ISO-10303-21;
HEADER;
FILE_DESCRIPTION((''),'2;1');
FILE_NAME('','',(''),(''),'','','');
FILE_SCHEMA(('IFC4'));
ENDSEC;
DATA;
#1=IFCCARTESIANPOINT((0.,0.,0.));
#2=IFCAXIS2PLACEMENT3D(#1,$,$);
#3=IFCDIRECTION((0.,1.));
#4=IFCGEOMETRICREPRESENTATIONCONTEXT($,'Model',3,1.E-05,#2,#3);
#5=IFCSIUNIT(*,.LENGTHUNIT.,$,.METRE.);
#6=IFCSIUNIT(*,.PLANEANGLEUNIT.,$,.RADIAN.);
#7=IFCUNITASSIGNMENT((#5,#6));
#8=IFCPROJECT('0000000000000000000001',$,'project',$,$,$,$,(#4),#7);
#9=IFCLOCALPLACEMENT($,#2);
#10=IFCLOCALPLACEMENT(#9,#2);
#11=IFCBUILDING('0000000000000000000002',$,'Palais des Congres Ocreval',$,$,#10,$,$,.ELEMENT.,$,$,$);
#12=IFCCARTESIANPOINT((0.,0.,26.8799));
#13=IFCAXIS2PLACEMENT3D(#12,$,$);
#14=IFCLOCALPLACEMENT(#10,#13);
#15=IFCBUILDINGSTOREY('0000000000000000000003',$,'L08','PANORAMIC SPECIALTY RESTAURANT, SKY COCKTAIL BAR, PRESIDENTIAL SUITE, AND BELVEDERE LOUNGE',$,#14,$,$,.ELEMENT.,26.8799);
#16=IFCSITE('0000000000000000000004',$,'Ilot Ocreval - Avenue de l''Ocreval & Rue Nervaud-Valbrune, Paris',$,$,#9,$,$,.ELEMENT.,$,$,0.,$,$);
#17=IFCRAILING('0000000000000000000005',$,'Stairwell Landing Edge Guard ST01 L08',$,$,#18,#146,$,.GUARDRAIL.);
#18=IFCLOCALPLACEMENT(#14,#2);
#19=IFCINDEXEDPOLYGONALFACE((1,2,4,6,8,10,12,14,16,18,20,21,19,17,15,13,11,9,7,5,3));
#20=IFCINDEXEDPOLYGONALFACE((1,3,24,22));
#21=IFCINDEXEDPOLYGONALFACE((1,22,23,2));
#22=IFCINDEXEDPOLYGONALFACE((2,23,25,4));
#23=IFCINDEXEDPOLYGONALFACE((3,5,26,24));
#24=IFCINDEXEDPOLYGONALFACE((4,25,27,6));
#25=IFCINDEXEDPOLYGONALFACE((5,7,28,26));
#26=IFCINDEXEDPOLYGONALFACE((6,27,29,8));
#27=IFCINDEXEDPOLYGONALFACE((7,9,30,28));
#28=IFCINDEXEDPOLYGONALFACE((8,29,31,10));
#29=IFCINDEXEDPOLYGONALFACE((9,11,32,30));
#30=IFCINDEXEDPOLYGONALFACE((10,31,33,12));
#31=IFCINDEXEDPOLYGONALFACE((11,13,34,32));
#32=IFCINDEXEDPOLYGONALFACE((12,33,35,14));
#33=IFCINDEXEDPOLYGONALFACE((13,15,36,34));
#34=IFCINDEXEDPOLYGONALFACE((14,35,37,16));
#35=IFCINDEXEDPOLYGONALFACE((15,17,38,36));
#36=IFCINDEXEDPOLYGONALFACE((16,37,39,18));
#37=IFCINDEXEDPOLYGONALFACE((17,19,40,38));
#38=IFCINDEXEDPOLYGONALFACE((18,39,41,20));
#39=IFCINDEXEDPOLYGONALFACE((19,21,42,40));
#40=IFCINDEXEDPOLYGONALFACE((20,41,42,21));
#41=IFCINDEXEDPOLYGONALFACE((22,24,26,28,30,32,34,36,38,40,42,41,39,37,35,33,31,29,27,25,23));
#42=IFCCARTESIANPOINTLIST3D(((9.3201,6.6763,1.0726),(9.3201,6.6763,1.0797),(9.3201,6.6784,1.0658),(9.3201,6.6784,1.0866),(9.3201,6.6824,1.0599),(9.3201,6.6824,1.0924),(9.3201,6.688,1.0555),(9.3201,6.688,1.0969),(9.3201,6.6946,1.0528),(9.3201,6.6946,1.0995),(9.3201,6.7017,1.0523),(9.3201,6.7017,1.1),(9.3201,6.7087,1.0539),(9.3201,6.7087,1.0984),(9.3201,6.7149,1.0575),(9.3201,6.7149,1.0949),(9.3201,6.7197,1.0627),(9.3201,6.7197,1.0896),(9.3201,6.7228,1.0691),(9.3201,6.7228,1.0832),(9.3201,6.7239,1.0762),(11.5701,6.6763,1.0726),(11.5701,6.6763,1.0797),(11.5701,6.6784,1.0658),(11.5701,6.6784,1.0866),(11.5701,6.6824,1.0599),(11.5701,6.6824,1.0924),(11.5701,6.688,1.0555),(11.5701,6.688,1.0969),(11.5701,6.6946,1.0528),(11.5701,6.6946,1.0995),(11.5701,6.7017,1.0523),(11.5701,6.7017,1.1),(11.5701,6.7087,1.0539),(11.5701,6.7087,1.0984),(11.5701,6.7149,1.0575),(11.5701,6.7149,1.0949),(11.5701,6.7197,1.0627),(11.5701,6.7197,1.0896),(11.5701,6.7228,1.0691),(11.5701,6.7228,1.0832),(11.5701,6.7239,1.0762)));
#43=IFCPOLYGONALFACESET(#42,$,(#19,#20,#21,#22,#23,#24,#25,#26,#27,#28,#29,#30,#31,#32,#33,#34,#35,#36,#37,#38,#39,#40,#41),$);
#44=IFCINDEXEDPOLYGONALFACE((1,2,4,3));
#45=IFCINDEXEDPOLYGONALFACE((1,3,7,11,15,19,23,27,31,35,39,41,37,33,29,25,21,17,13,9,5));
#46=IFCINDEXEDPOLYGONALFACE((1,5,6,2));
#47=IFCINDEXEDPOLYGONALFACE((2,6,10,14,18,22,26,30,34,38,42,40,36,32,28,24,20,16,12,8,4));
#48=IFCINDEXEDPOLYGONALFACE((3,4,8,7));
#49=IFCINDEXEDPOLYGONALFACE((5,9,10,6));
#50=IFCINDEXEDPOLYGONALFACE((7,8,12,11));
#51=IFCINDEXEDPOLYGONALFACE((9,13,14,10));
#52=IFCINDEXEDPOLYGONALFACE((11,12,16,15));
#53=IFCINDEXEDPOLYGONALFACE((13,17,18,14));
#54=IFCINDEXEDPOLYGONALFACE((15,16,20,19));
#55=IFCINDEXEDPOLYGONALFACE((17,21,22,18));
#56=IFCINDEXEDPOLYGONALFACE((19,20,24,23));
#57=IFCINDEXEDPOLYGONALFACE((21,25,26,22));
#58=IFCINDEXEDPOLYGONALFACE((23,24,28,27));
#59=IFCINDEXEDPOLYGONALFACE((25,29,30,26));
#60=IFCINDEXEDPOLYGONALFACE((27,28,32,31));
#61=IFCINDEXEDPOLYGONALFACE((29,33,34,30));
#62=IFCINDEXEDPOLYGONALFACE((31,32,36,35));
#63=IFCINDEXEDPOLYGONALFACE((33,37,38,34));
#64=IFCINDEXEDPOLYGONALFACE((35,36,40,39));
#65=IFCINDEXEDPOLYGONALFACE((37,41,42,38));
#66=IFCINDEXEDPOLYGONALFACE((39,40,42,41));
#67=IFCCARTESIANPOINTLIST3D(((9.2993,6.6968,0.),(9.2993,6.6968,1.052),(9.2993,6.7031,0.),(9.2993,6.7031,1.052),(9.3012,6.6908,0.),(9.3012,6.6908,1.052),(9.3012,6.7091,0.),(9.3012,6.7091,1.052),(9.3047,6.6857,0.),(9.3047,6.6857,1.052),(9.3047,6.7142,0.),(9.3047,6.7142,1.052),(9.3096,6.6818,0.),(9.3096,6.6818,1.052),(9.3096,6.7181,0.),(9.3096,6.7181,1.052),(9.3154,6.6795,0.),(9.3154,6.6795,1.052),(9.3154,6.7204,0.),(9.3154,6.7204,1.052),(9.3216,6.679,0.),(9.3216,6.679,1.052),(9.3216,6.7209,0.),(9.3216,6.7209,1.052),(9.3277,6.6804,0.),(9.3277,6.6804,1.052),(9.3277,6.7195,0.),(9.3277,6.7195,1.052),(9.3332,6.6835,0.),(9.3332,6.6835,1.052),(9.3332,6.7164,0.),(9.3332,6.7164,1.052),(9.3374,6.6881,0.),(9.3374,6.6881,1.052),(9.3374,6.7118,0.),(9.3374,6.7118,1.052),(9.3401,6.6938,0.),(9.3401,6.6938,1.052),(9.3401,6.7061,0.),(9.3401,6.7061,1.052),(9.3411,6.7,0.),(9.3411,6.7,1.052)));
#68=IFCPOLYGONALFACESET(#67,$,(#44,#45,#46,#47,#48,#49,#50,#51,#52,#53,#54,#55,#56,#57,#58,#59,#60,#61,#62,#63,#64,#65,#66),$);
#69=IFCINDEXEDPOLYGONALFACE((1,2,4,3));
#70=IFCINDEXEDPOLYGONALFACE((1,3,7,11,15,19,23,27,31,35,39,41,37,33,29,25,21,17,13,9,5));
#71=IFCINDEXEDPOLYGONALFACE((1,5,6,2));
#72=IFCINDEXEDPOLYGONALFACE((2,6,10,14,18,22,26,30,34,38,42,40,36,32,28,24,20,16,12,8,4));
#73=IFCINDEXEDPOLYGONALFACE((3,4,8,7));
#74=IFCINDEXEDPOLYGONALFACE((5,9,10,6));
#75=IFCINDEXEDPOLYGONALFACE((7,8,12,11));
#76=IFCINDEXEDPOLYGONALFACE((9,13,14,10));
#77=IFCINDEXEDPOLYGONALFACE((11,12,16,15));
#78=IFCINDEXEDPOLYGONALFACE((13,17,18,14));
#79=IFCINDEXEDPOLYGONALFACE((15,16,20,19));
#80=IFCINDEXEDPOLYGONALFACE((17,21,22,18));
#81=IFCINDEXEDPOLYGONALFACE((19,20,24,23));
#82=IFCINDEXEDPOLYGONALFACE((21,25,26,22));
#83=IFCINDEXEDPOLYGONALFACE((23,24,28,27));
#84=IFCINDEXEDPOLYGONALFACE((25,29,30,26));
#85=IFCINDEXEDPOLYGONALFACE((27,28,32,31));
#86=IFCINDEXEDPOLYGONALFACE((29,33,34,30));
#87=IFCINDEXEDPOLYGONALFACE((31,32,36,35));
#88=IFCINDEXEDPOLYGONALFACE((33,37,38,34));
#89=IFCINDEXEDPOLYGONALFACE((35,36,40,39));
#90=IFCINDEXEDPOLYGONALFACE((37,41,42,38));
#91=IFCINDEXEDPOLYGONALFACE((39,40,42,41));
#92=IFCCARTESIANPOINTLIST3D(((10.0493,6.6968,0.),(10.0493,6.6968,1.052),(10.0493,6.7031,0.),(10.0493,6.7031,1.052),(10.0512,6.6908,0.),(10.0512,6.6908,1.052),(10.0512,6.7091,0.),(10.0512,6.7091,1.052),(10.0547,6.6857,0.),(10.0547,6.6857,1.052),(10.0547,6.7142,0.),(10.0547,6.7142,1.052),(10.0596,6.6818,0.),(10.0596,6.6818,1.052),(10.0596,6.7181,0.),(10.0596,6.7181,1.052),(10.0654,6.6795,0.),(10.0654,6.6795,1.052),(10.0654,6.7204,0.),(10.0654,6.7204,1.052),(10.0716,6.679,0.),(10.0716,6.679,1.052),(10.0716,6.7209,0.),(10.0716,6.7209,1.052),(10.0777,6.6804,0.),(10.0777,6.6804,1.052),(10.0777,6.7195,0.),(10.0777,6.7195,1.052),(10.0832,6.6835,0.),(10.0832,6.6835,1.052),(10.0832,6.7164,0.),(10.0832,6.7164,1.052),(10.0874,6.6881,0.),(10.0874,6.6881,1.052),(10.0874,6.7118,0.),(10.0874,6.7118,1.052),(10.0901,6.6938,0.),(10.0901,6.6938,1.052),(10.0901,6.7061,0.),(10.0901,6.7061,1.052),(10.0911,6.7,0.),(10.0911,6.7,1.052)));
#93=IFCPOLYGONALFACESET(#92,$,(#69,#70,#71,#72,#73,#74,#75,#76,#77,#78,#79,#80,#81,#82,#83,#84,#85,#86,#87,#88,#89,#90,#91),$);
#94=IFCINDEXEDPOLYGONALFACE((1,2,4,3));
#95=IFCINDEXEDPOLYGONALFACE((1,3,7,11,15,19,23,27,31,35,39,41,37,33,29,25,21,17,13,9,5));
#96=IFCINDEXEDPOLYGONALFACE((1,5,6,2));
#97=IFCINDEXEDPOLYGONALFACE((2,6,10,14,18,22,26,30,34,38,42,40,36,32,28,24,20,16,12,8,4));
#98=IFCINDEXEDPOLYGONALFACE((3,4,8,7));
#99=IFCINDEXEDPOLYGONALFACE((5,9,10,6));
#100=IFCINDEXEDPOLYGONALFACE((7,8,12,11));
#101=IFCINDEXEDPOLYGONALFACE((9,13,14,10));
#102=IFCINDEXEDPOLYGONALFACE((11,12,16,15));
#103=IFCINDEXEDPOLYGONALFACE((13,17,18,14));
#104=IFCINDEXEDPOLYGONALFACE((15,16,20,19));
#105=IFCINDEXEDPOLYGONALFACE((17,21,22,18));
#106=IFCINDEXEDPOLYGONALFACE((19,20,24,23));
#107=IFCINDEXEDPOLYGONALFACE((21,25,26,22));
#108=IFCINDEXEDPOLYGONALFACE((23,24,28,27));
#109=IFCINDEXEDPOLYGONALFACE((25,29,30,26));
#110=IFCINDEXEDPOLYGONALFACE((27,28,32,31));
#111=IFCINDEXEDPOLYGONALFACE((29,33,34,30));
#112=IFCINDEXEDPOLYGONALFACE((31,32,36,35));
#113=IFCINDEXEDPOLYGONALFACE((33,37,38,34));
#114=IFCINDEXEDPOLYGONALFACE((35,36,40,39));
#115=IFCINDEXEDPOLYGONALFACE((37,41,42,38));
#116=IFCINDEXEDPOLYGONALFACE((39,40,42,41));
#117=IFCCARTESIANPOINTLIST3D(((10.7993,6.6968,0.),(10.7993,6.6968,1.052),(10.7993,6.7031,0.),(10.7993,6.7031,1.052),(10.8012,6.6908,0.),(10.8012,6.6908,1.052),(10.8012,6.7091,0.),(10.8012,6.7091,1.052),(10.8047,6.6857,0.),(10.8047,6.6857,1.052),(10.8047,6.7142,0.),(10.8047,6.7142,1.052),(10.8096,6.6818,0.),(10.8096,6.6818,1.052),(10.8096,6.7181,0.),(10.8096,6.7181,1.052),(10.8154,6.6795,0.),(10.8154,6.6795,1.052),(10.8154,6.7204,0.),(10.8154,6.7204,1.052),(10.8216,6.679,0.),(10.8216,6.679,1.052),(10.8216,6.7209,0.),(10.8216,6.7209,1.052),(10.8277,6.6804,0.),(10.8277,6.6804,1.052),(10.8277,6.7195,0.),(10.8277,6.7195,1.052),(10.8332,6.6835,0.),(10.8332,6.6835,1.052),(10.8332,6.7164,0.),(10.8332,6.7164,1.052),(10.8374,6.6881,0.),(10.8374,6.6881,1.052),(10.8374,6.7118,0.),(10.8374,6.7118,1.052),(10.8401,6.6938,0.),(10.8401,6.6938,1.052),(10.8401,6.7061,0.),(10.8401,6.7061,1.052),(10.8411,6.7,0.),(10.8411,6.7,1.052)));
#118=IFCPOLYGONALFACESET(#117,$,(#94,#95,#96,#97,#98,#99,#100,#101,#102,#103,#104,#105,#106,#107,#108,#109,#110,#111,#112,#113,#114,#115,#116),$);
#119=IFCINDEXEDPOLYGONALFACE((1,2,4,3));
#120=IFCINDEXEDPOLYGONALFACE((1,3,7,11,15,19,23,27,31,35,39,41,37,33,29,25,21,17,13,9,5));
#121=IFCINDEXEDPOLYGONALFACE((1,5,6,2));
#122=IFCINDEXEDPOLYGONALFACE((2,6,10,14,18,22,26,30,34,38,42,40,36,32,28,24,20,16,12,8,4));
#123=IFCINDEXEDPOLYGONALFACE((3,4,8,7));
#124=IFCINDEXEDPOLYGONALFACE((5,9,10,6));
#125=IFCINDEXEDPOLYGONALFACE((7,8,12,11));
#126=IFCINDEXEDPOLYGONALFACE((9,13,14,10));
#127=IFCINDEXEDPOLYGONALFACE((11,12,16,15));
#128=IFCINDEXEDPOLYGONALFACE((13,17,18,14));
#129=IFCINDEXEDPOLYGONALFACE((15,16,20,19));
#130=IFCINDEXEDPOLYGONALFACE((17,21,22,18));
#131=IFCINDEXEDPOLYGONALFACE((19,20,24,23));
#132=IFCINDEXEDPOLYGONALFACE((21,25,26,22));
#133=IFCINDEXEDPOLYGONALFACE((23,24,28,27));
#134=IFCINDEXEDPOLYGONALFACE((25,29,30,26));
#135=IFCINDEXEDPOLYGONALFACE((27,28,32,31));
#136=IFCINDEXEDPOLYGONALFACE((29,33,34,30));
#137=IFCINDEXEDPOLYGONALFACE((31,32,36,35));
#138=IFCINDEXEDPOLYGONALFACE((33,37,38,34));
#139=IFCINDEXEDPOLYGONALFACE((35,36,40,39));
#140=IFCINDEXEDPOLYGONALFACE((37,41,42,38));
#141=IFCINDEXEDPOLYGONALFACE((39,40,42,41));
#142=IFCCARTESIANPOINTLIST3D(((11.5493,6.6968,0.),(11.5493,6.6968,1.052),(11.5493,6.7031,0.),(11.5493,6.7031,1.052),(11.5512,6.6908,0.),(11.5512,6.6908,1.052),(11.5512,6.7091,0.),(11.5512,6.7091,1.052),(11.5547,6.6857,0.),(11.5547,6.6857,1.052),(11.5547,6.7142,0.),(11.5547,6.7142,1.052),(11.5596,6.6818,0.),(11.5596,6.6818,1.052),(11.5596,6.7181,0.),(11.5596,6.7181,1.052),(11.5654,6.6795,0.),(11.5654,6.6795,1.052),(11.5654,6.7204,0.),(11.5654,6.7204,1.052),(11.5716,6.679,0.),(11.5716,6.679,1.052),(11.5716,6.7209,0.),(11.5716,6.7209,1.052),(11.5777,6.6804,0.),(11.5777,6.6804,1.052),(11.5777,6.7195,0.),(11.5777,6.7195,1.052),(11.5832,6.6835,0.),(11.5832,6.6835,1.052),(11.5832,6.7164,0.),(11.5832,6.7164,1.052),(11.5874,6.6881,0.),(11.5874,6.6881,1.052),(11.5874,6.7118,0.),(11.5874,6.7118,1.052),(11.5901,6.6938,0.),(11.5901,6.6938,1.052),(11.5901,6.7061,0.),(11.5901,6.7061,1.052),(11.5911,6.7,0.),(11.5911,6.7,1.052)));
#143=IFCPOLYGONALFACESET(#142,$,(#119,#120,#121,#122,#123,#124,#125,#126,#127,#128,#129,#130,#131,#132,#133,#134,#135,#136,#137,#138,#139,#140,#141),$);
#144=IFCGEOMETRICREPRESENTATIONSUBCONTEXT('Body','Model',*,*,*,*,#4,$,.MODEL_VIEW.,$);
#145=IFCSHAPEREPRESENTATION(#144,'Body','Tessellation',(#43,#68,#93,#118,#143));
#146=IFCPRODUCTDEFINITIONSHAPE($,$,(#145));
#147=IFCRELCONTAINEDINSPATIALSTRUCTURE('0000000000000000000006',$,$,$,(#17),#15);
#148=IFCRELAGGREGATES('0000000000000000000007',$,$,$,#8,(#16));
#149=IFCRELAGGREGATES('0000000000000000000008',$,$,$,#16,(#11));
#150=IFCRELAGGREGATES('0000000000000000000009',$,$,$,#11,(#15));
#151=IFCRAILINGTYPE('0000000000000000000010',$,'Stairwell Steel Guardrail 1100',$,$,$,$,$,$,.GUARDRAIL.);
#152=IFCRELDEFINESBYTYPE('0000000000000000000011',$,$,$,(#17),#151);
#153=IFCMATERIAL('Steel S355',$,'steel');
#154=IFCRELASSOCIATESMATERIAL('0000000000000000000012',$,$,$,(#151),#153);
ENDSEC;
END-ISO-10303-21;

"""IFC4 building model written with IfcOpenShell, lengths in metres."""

from ifc_helpers import new_model, si_unit, direction, frame, origin, origin_2d, place, context, subcontext, project, spatial, circle, extrude, material, type_object, element, save


model = new_model("IFC4")

# Units and contexts
model_context = context("Model", 3, precision=1e-05, world=origin(), true_north=direction((0.0, 1.0)))
body_context = subcontext(model_context, "Body", "Model", "MODEL_VIEW")
ifc_project = project(units=[si_unit("LENGTHUNIT", "METRE"), si_unit("PLANEANGLEUNIT", "RADIAN")], contexts=[model_context])

# Site, building, storey
site_placement = place(None, origin())
site = spatial("IfcSite", under=ifc_project, at=site_placement, Name="Ilot Ocreval - Avenue de l'Ocreval & Rue Nervaud-Valbrune, Paris", CompositionType="ELEMENT", RefElevation=0.0)
building_placement = place(site_placement, origin())
building = spatial("IfcBuilding", under=site, at=building_placement, Name="Palais des Congres Ocreval", CompositionType="ELEMENT")
storey_placement = place(building_placement, frame((0.0, 0.0, 26.8799)))
storey = spatial("IfcBuildingStorey", under=building, at=storey_placement, Name="L08", Description="PANORAMIC SPECIALTY RESTAURANT, SKY COCKTAIL BAR, PRESIDENTIAL SUITE, AND BELVEDERE LOUNGE", CompositionType="ELEMENT", Elevation=26.8799)

# Shared definitions
ifc_material_1 = material(Name="Steel S355", Category="steel")

# Railing
railing_type_1 = type_object("IfcRailingType", Name="Stairwell Steel Guardrail 1100", PredefinedType="GUARDRAIL", material=ifc_material_1)
railing_1_placement = place(storey_placement, frame((9.3201, 6.7, 0.0)))
element("IfcRailing", 1, at=railing_1_placement, inside=storey, type_object=railing_type_1, Name="Stairwell Landing Edge Guard ST01 L08", PredefinedType="GUARDRAIL", context=body_context, shape_type="SweptSolid", body=[
    extrude(circle(Radius=0.0239, at=origin_2d()), frame((0.0, 0.0, 1.0762), z_axis=(1.0, 0.0, 0.0), x_axis=(0.0, 1.0, 0.0)), (0.0, 0.0, 1.0), 2.25),
    extrude(circle(Radius=0.021, at=origin_2d()), origin(), (0.0, 0.0, 1.0), 1.052),
    extrude(circle(Radius=0.021, at=origin_2d()), frame((0.75, 0.0, 0.0)), (0.0, 0.0, 1.0), 1.052),
    extrude(circle(Radius=0.021, at=origin_2d()), frame((1.5, 0.0, 0.0)), (0.0, 0.0, 1.0), 1.052),
    extrude(circle(Radius=0.021, at=origin_2d()), frame((2.25, 0.0, 0.0)), (0.0, 0.0, 1.0), 1.052),
])

save(model, "model.ifc")
